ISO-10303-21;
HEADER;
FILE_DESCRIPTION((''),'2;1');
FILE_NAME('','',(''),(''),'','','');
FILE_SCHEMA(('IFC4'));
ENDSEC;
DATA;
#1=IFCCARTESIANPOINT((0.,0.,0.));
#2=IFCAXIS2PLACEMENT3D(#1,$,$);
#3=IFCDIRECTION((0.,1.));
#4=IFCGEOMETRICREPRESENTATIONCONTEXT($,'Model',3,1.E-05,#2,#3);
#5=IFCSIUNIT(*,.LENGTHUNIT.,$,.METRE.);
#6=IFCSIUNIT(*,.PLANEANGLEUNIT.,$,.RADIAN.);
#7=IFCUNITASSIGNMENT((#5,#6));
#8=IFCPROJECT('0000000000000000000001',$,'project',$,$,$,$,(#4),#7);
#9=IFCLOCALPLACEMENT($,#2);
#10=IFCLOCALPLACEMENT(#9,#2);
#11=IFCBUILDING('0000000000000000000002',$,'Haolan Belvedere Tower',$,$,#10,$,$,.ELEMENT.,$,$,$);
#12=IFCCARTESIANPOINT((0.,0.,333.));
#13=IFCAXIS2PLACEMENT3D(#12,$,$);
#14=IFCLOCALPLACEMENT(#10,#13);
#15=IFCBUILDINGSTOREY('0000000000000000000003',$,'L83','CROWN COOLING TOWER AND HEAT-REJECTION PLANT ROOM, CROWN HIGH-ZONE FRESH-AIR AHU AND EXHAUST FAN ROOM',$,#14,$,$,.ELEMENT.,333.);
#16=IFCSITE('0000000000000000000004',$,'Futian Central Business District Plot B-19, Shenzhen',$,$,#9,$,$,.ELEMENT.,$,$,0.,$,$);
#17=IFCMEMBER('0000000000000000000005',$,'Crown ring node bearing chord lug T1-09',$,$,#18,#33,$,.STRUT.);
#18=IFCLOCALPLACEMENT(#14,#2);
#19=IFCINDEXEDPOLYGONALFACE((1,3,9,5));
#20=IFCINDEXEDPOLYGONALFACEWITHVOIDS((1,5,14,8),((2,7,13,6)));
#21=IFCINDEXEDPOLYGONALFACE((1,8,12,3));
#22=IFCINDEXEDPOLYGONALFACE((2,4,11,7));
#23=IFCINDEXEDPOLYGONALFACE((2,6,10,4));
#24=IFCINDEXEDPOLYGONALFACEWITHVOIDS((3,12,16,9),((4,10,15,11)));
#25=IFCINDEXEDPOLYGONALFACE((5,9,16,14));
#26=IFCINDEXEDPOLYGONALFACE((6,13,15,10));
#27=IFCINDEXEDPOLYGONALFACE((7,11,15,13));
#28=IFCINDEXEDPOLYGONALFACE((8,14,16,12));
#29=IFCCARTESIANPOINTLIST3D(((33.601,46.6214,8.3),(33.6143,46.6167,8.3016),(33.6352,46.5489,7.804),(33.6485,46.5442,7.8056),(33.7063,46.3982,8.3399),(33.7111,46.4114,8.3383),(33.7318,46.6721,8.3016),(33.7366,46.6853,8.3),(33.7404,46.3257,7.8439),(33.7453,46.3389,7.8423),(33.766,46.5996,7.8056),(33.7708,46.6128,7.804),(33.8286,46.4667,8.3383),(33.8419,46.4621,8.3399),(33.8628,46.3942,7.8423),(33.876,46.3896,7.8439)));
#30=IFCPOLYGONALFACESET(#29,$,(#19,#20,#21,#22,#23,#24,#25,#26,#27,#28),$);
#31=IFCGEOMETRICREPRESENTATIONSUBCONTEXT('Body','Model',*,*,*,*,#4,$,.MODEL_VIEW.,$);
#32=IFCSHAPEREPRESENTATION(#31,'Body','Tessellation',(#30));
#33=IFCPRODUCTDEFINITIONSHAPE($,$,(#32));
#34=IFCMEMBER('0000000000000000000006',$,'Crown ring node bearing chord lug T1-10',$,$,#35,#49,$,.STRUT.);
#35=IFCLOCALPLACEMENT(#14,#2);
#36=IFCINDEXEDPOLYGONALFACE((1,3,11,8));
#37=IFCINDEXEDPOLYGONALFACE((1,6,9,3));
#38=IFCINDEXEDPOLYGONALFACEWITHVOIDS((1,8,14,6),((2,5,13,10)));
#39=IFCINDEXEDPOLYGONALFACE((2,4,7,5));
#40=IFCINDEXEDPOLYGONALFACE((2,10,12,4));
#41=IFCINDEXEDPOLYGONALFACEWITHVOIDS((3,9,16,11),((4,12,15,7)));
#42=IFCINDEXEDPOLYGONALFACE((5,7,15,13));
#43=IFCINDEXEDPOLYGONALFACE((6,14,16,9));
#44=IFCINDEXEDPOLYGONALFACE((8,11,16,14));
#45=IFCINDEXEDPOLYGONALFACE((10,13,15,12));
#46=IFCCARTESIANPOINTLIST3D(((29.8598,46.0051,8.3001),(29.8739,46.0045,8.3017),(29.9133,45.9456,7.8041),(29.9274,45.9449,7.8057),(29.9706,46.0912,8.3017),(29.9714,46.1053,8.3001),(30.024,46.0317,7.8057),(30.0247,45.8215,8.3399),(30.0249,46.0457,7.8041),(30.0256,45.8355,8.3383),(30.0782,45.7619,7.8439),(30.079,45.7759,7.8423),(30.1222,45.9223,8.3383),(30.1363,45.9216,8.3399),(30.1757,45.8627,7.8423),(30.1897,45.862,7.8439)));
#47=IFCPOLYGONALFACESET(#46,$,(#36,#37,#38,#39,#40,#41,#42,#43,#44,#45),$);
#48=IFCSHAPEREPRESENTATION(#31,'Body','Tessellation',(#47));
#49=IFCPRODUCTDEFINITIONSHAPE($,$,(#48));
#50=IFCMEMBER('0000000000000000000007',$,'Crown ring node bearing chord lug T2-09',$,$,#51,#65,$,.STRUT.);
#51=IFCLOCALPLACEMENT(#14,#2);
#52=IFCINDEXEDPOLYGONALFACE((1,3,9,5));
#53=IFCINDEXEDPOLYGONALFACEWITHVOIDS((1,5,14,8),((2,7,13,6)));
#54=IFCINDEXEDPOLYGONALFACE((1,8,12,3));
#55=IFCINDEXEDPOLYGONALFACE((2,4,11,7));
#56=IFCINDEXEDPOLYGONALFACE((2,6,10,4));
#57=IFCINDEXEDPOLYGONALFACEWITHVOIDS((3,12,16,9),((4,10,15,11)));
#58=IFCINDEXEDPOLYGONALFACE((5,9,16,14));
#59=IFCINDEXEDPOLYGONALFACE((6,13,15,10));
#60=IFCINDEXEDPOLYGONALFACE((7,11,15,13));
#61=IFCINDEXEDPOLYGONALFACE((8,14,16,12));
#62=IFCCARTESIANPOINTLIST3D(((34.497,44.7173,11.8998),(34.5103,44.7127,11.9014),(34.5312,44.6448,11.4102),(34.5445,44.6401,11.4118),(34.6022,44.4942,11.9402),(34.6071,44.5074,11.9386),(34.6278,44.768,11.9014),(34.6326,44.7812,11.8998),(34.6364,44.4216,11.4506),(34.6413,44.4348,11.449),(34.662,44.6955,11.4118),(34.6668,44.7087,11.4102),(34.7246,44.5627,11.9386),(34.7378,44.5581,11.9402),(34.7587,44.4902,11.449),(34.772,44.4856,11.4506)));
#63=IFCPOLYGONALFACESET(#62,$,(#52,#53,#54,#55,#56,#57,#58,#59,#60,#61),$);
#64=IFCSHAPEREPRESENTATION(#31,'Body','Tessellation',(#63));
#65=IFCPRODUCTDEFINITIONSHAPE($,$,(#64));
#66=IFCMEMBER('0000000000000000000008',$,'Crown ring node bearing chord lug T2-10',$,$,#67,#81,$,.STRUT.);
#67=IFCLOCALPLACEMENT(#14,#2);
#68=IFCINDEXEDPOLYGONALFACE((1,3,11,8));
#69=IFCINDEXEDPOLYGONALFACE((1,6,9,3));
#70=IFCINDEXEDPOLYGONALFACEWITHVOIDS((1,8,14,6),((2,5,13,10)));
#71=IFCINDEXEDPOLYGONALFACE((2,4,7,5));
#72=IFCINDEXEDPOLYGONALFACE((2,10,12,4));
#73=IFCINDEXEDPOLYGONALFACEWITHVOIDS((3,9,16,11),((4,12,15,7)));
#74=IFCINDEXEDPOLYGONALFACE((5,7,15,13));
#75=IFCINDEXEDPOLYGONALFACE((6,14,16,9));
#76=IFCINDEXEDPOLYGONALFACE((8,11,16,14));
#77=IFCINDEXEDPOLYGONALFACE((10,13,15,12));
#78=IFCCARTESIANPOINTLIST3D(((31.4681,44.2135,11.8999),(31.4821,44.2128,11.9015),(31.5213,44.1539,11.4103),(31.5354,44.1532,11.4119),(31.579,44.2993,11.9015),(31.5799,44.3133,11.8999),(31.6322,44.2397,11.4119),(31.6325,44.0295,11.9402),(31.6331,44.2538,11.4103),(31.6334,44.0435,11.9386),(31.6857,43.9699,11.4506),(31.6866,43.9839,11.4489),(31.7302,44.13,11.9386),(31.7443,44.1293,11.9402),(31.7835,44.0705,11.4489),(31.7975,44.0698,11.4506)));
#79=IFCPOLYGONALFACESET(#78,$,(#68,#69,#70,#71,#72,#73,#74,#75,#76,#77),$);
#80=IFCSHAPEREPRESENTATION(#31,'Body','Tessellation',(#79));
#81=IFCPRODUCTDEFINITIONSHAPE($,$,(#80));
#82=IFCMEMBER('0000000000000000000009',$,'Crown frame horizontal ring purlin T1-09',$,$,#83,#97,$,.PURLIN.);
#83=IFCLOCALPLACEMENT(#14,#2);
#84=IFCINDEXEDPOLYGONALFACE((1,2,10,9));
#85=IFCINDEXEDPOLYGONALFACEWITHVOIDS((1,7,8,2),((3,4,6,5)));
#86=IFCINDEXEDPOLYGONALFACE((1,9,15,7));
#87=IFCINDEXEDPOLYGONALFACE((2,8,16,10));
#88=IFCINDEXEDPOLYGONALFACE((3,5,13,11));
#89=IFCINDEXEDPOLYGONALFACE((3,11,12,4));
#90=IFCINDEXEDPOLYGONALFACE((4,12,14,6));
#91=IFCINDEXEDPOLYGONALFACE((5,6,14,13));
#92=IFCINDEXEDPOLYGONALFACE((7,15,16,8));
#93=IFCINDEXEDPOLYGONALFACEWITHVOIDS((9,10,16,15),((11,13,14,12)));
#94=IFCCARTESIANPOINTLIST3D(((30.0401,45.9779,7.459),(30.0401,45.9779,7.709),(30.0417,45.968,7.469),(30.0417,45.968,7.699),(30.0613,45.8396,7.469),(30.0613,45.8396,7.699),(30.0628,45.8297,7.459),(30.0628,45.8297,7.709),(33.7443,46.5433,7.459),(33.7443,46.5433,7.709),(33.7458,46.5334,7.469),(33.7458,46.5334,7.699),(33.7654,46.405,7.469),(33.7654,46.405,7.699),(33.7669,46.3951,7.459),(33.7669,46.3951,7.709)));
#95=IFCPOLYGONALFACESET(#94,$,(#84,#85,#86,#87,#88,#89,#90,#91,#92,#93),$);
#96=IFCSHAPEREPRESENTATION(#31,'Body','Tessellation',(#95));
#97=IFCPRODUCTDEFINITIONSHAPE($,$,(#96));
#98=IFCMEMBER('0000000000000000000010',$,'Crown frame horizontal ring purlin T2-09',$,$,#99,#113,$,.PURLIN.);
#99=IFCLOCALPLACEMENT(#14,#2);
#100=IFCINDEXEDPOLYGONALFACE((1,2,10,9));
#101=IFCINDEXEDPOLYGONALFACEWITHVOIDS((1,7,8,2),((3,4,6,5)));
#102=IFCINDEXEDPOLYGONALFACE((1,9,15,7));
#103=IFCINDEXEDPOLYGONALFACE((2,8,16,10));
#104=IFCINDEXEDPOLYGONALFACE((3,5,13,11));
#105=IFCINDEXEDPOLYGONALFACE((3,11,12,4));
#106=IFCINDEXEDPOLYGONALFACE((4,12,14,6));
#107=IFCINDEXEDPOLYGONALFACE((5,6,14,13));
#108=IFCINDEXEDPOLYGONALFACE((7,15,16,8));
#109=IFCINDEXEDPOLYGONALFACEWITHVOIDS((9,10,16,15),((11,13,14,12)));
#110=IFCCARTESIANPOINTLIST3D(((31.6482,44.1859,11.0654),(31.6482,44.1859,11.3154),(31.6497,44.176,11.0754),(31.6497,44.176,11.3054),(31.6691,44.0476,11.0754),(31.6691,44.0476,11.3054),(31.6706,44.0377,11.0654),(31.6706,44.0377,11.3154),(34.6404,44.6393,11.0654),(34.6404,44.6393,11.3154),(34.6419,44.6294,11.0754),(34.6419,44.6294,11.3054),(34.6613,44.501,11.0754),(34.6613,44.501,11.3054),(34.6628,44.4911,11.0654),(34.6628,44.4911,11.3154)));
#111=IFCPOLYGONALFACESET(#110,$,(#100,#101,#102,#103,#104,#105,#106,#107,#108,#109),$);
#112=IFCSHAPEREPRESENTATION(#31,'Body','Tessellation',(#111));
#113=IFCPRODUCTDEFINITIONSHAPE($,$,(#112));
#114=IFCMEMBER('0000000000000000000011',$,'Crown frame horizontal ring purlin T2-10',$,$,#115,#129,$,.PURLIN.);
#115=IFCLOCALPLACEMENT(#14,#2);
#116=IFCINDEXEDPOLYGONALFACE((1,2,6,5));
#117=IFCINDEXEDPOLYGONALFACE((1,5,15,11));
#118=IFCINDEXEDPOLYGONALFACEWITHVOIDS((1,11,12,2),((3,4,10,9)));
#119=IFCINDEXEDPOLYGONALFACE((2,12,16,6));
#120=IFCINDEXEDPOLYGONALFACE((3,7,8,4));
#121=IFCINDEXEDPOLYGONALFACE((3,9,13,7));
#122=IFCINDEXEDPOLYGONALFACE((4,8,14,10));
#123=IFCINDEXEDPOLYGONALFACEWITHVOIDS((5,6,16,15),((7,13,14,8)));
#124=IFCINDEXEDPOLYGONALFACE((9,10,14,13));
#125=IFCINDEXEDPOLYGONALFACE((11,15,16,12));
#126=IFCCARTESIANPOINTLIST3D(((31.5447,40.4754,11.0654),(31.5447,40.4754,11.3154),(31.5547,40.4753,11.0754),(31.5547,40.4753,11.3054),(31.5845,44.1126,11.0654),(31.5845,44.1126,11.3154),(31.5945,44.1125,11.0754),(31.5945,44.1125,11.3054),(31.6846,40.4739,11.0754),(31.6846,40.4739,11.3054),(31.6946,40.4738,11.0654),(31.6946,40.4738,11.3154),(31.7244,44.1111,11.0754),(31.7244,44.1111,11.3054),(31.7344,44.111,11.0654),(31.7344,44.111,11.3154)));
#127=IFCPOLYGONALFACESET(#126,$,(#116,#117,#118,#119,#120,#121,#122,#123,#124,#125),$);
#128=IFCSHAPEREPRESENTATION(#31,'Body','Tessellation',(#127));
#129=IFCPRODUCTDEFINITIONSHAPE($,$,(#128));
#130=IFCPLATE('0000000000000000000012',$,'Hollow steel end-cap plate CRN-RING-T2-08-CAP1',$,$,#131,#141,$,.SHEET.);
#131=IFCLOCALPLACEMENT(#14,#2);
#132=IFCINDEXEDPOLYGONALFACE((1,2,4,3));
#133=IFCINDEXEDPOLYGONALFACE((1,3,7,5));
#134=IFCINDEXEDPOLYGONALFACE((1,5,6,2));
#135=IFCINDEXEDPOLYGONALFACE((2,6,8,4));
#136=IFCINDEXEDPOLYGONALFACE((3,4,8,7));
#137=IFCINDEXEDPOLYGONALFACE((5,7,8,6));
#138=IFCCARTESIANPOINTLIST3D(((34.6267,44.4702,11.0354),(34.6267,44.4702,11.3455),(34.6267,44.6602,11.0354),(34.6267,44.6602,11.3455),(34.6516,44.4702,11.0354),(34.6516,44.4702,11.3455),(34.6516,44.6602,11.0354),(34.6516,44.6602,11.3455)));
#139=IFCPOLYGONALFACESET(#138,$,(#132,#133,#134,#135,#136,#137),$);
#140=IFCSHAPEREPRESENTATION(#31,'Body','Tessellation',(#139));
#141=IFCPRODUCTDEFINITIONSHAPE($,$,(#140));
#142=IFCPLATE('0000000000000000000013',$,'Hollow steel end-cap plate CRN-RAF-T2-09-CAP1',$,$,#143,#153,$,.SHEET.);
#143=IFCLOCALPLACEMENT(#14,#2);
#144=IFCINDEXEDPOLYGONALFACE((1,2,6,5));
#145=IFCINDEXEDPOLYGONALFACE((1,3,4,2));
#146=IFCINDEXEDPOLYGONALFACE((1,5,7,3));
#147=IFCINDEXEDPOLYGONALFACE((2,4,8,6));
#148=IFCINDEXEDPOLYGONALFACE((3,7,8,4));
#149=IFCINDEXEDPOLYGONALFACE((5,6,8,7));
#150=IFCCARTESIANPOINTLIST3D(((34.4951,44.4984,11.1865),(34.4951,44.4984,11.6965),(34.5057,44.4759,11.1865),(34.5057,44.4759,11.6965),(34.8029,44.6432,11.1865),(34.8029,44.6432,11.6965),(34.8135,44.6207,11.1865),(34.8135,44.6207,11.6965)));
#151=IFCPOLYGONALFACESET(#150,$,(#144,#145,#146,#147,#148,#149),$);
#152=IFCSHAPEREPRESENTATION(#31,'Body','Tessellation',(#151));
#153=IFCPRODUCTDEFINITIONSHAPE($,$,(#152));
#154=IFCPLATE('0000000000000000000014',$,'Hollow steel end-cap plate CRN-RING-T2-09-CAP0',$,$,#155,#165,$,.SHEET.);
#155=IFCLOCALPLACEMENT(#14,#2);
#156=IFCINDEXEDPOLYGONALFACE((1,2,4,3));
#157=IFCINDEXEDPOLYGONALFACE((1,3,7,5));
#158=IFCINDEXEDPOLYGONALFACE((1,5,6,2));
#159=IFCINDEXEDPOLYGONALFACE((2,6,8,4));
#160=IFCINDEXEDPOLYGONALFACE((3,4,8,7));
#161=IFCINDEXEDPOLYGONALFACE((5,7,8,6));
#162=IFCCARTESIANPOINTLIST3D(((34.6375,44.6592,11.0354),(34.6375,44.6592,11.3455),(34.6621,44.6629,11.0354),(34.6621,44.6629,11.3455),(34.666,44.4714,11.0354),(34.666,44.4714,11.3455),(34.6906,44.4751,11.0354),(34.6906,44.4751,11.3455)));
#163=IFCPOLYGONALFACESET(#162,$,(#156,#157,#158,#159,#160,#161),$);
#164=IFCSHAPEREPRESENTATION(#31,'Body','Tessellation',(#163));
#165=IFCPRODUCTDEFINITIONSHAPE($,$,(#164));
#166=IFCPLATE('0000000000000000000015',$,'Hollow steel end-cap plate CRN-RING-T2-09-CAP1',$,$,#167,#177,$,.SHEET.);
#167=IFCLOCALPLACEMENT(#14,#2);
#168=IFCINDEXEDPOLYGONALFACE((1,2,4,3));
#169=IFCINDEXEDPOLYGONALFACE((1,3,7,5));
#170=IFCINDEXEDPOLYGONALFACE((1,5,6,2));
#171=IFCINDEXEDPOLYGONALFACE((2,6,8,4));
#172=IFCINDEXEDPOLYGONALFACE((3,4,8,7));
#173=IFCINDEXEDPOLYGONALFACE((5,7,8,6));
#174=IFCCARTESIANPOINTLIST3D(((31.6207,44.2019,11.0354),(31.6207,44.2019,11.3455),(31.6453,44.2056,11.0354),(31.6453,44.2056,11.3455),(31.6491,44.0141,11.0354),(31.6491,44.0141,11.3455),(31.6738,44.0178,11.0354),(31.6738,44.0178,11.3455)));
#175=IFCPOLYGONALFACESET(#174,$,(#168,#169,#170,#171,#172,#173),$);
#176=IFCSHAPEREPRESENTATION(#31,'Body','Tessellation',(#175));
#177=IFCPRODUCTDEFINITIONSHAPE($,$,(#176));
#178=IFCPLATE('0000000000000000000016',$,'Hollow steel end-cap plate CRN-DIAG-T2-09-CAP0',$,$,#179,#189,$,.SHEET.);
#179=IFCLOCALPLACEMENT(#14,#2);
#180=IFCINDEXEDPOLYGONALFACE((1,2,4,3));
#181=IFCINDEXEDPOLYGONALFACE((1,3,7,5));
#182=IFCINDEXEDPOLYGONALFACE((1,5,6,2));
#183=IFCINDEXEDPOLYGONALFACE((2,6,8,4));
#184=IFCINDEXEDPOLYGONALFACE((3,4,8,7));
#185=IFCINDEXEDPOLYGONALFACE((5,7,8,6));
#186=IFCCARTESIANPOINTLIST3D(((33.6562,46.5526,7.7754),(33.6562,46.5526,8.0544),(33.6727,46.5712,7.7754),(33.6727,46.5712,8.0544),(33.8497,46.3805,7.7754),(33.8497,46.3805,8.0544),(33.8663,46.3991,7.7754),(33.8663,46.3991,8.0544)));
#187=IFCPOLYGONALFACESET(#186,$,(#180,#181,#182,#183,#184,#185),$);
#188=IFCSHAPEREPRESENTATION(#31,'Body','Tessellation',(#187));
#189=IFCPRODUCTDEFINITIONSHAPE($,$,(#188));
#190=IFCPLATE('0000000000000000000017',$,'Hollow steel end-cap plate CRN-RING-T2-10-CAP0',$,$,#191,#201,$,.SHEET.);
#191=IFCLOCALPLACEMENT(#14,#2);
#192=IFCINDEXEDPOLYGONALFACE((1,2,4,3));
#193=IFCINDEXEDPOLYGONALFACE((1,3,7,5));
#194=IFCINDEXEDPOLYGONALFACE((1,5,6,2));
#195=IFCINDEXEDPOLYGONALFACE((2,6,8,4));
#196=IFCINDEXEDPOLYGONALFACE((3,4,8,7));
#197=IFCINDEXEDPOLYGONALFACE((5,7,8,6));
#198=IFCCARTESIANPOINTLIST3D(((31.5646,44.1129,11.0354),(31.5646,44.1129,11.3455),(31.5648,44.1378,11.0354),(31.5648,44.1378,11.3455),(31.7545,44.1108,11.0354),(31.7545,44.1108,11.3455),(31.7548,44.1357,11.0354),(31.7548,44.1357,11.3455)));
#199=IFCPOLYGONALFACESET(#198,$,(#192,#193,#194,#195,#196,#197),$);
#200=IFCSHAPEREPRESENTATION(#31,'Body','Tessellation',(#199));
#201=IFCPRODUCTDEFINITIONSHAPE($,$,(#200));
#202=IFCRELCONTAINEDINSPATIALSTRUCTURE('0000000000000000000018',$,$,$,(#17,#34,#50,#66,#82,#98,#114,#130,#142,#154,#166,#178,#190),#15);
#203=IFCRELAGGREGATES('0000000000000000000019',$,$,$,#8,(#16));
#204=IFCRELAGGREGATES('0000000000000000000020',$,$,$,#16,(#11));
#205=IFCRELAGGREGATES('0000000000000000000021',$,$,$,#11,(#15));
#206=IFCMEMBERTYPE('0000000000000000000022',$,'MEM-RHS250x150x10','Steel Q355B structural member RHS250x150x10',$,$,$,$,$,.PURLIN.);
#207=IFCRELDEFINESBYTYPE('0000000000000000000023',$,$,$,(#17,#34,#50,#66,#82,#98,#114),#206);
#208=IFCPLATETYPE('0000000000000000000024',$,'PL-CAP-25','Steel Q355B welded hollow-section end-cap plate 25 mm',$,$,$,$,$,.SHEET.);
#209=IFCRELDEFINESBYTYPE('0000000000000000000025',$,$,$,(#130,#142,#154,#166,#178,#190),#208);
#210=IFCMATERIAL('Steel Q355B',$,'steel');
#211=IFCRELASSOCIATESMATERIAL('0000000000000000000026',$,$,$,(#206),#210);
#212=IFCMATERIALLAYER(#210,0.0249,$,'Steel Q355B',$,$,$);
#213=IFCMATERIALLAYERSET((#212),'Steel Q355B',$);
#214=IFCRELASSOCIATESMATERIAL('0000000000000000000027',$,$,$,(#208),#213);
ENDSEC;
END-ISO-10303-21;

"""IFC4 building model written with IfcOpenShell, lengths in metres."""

from ifc_helpers import new_model, si_unit, direction, frame, origin, origin_2d, place, context, subcontext, project, spatial, rectangle, hollow_rectangle, extrude, material, layer, layer_set, material_profile, profile_set, type_object, element, save


model = new_model("IFC4")

# Units and contexts
model_context = context("Model", 3, precision=1e-05, world=origin(), true_north=direction((0.0, 1.0)))
body_context = subcontext(model_context, "Body", "Model", "MODEL_VIEW")
ifc_project = project(units=[si_unit("LENGTHUNIT", "METRE"), si_unit("PLANEANGLEUNIT", "RADIAN")], contexts=[model_context])

# Site, building, storey
site_placement = place(None, origin())
site = spatial("IfcSite", under=ifc_project, at=site_placement, Name="Futian Central Business District Plot B-19, Shenzhen", CompositionType="ELEMENT", RefElevation=0.0)
building_placement = place(site_placement, origin())
building = spatial("IfcBuilding", under=site, at=building_placement, Name="Haolan Belvedere Tower", CompositionType="ELEMENT")
storey_placement = place(building_placement, frame((0.0, 0.0, 333.0)))
storey = spatial("IfcBuildingStorey", under=building, at=storey_placement, Name="L83", Description="CROWN COOLING TOWER AND HEAT-REJECTION PLANT ROOM, CROWN HIGH-ZONE FRESH-AIR AHU AND EXHAUST FAN ROOM", CompositionType="ELEMENT", Elevation=333.0)

# Members
ifc_material_1 = material(Name="Steel Q355B", Category="steel")
ifc_material_profile_1 = material_profile(ifc_material_1, hollow_rectangle(XDim=0.1499, YDim=0.25, WallThickness=0.01, at=origin_2d()), Name="Steel Q355B")
ifc_profile_set_1 = profile_set([ifc_material_profile_1], Name="Steel Q355B")
member_type_1 = type_object("IfcMemberType", Name="MEM-RHS250x150x10", Description="Steel Q355B structural member RHS250x150x10", PredefinedType="PURLIN", material=ifc_profile_set_1)
for number, where, z_axis, x_axis, name in (
    (1, (33.7556, 46.4692, 7.824), (-0.068015, 0.14429, 0.987195), (-0.904542, -0.426384, 0.0), "Crown ring node bearing chord lug T1-09"),
    (2, (30.0515, 45.9038, 7.824), (-0.106399, 0.118546, 0.987232), (-0.744203, -0.667953, 0.0), "Crown ring node bearing chord lug T1-10"),
):
    element("IfcMember", number, at=place(storey_placement, frame(where, z_axis=z_axis, x_axis=x_axis)), inside=storey, type_object=member_type_1, Name=name, PredefinedType="STRUT", context=body_context, shape_type="SweptSolid", body=[
        extrude(hollow_rectangle(XDim=0.1499, YDim=0.25, WallThickness=0.01, at=origin_2d()), origin(), (0.0, 0.0, 1.0), 0.5024),
    ])
for number, where, z_axis, x_axis, name in (
    (3, (34.6516, 44.5652, 11.4304), (-0.068908, 0.146182, 0.986855), (-0.904542, -0.426384, 0.0), "Crown ring node bearing chord lug T2-09"),
    (4, (31.6594, 44.1118, 11.4304), (-0.107309, 0.120107, 0.986944), (-0.745721, -0.666259, 0.0), "Crown ring node bearing chord lug T2-10"),
):
    element("IfcMember", number, at=place(storey_placement, frame(where, z_axis=z_axis, x_axis=x_axis)), inside=storey, type_object=member_type_1, Name=name, PredefinedType="STRUT", context=body_context, shape_type="SweptSolid", body=[
        extrude(hollow_rectangle(XDim=0.1499, YDim=0.25, WallThickness=0.01, at=origin_2d()), origin(), (0.0, 0.0, 1.0), 0.4961),
    ])
member_1_placement = place(storey_placement, frame((33.7556, 46.4692, 7.584), z_axis=(-0.988549, -0.150902, 0.0), x_axis=(0.150902, -0.988549, 0.0)))
element("IfcMember", 5, at=member_1_placement, inside=storey, type_object=member_type_1, Name="Crown frame horizontal ring purlin T1-09", PredefinedType="PURLIN", context=body_context, shape_type="SweptSolid", body=[
    extrude(hollow_rectangle(XDim=0.1499, YDim=0.25, WallThickness=0.01, at=origin_2d()), origin(), (0.0, 0.0, 1.0), 3.7471),
])
member_2_placement = place(storey_placement, frame((34.6516, 44.5652, 11.1904), z_axis=(-0.988715, -0.149808, 0.0), x_axis=(0.149808, -0.988715, 0.0)))
element("IfcMember", 6, at=member_2_placement, inside=storey, type_object=member_type_1, Name="Crown frame horizontal ring purlin T2-09", PredefinedType="PURLIN", context=body_context, shape_type="SweptSolid", body=[
    extrude(hollow_rectangle(XDim=0.1499, YDim=0.25, WallThickness=0.01, at=origin_2d()), origin(), (0.0, 0.0, 1.0), 3.0264),
])
member_3_placement = place(storey_placement, frame((31.6594, 44.1118, 11.1904), z_axis=(-0.01094, -0.99994, 0.0), x_axis=(0.99994, -0.01094, 0.0)))
element("IfcMember", 7, at=member_3_placement, inside=storey, type_object=member_type_1, Name="Crown frame horizontal ring purlin T2-10", PredefinedType="PURLIN", context=body_context, shape_type="SweptSolid", body=[
    extrude(hollow_rectangle(XDim=0.1499, YDim=0.25, WallThickness=0.01, at=origin_2d()), origin(), (0.0, 0.0, 1.0), 3.6375),
])

# Plates
ifc_layer_1 = layer(ifc_material_1, 0.0249, Name="Steel Q355B")
ifc_layer_set_1 = layer_set([ifc_layer_1], Name="Steel Q355B")
plate_type = type_object("IfcPlateType", Name="PL-CAP-25", Description="Steel Q355B welded hollow-section end-cap plate 25 mm", PredefinedType="SHEET", material=ifc_layer_set_1)
plate_1_placement = place(storey_placement, frame((34.6392, 44.5652, 11.0354), z_axis=(0.0, 0.0, 1.0), x_axis=(0.0, -1.0, 0.0)))
element("IfcPlate", 8, at=plate_1_placement, inside=storey, type_object=plate_type, Name="Hollow steel end-cap plate CRN-RING-T2-08-CAP1", PredefinedType="SHEET", context=body_context, shape_type="SweptSolid", body=[
    extrude(rectangle(XDim=0.1899, YDim=0.0249, at=origin_2d()), origin(), (0.0, 0.0, 1.0), 0.3101),
])
plate_2_placement = place(storey_placement, frame((34.6543, 44.5596, 11.1865), z_axis=(0.0, 0.0, 1.0), x_axis=(0.90482, 0.425795, 0.0)))
element("IfcPlate", 9, at=plate_2_placement, inside=storey, type_object=plate_type, Name="Hollow steel end-cap plate CRN-RAF-T2-09-CAP1", PredefinedType="SHEET", context=body_context, shape_type="SweptSolid", body=[
    extrude(rectangle(XDim=0.3401, YDim=0.0249, at=origin_2d()), origin(), (0.0, 0.0, 1.0), 0.51),
])
for number, where, z_axis, x_axis, name in (
    (10, (34.6641, 44.5671, 11.0354), (0.0, 0.0, 1.0), (-0.149846, 0.988709, 0.0), "Hollow steel end-cap plate CRN-RING-T2-09-CAP0"),
    (11, (31.6472, 44.1099, 11.0354), (0.0, 0.0, 1.0), (0.149846, -0.988709, 0.0), "Hollow steel end-cap plate CRN-RING-T2-09-CAP1"),
):
    element("IfcPlate", number, at=place(storey_placement, frame(where, z_axis=z_axis, x_axis=x_axis)), inside=storey, type_object=plate_type, Name=name, PredefinedType="SHEET", context=body_context, shape_type="SweptSolid", body=[
        extrude(rectangle(XDim=0.1899, YDim=0.0249, at=origin_2d()), origin(), (0.0, 0.0, 1.0), 0.3101),
    ])
plate_3_placement = place(storey_placement, frame((33.7612, 46.4758, 7.7754), z_axis=(0.0, 0.0, 1.0), x_axis=(-0.747323, 0.664461, 0.0)))
element("IfcPlate", 12, at=plate_3_placement, inside=storey, type_object=plate_type, Name="Hollow steel end-cap plate CRN-DIAG-T2-09-CAP0", PredefinedType="SHEET", context=body_context, shape_type="SweptSolid", body=[
    extrude(rectangle(XDim=0.259, YDim=0.0249, at=origin_2d()), origin(), (0.0, 0.0, 1.0), 0.2791),
])
plate_4_placement = place(storey_placement, frame((31.6597, 44.1243, 11.0354), z_axis=(0.0, 0.0, 1.0), x_axis=(-0.99994, 0.01096, 0.0)))
element("IfcPlate", 13, at=plate_4_placement, inside=storey, type_object=plate_type, Name="Hollow steel end-cap plate CRN-RING-T2-10-CAP0", PredefinedType="SHEET", context=body_context, shape_type="SweptSolid", body=[
    extrude(rectangle(XDim=0.1899, YDim=0.0249, at=origin_2d()), origin(), (0.0, 0.0, 1.0), 0.3101),
])

save(model, "model.ifc")
